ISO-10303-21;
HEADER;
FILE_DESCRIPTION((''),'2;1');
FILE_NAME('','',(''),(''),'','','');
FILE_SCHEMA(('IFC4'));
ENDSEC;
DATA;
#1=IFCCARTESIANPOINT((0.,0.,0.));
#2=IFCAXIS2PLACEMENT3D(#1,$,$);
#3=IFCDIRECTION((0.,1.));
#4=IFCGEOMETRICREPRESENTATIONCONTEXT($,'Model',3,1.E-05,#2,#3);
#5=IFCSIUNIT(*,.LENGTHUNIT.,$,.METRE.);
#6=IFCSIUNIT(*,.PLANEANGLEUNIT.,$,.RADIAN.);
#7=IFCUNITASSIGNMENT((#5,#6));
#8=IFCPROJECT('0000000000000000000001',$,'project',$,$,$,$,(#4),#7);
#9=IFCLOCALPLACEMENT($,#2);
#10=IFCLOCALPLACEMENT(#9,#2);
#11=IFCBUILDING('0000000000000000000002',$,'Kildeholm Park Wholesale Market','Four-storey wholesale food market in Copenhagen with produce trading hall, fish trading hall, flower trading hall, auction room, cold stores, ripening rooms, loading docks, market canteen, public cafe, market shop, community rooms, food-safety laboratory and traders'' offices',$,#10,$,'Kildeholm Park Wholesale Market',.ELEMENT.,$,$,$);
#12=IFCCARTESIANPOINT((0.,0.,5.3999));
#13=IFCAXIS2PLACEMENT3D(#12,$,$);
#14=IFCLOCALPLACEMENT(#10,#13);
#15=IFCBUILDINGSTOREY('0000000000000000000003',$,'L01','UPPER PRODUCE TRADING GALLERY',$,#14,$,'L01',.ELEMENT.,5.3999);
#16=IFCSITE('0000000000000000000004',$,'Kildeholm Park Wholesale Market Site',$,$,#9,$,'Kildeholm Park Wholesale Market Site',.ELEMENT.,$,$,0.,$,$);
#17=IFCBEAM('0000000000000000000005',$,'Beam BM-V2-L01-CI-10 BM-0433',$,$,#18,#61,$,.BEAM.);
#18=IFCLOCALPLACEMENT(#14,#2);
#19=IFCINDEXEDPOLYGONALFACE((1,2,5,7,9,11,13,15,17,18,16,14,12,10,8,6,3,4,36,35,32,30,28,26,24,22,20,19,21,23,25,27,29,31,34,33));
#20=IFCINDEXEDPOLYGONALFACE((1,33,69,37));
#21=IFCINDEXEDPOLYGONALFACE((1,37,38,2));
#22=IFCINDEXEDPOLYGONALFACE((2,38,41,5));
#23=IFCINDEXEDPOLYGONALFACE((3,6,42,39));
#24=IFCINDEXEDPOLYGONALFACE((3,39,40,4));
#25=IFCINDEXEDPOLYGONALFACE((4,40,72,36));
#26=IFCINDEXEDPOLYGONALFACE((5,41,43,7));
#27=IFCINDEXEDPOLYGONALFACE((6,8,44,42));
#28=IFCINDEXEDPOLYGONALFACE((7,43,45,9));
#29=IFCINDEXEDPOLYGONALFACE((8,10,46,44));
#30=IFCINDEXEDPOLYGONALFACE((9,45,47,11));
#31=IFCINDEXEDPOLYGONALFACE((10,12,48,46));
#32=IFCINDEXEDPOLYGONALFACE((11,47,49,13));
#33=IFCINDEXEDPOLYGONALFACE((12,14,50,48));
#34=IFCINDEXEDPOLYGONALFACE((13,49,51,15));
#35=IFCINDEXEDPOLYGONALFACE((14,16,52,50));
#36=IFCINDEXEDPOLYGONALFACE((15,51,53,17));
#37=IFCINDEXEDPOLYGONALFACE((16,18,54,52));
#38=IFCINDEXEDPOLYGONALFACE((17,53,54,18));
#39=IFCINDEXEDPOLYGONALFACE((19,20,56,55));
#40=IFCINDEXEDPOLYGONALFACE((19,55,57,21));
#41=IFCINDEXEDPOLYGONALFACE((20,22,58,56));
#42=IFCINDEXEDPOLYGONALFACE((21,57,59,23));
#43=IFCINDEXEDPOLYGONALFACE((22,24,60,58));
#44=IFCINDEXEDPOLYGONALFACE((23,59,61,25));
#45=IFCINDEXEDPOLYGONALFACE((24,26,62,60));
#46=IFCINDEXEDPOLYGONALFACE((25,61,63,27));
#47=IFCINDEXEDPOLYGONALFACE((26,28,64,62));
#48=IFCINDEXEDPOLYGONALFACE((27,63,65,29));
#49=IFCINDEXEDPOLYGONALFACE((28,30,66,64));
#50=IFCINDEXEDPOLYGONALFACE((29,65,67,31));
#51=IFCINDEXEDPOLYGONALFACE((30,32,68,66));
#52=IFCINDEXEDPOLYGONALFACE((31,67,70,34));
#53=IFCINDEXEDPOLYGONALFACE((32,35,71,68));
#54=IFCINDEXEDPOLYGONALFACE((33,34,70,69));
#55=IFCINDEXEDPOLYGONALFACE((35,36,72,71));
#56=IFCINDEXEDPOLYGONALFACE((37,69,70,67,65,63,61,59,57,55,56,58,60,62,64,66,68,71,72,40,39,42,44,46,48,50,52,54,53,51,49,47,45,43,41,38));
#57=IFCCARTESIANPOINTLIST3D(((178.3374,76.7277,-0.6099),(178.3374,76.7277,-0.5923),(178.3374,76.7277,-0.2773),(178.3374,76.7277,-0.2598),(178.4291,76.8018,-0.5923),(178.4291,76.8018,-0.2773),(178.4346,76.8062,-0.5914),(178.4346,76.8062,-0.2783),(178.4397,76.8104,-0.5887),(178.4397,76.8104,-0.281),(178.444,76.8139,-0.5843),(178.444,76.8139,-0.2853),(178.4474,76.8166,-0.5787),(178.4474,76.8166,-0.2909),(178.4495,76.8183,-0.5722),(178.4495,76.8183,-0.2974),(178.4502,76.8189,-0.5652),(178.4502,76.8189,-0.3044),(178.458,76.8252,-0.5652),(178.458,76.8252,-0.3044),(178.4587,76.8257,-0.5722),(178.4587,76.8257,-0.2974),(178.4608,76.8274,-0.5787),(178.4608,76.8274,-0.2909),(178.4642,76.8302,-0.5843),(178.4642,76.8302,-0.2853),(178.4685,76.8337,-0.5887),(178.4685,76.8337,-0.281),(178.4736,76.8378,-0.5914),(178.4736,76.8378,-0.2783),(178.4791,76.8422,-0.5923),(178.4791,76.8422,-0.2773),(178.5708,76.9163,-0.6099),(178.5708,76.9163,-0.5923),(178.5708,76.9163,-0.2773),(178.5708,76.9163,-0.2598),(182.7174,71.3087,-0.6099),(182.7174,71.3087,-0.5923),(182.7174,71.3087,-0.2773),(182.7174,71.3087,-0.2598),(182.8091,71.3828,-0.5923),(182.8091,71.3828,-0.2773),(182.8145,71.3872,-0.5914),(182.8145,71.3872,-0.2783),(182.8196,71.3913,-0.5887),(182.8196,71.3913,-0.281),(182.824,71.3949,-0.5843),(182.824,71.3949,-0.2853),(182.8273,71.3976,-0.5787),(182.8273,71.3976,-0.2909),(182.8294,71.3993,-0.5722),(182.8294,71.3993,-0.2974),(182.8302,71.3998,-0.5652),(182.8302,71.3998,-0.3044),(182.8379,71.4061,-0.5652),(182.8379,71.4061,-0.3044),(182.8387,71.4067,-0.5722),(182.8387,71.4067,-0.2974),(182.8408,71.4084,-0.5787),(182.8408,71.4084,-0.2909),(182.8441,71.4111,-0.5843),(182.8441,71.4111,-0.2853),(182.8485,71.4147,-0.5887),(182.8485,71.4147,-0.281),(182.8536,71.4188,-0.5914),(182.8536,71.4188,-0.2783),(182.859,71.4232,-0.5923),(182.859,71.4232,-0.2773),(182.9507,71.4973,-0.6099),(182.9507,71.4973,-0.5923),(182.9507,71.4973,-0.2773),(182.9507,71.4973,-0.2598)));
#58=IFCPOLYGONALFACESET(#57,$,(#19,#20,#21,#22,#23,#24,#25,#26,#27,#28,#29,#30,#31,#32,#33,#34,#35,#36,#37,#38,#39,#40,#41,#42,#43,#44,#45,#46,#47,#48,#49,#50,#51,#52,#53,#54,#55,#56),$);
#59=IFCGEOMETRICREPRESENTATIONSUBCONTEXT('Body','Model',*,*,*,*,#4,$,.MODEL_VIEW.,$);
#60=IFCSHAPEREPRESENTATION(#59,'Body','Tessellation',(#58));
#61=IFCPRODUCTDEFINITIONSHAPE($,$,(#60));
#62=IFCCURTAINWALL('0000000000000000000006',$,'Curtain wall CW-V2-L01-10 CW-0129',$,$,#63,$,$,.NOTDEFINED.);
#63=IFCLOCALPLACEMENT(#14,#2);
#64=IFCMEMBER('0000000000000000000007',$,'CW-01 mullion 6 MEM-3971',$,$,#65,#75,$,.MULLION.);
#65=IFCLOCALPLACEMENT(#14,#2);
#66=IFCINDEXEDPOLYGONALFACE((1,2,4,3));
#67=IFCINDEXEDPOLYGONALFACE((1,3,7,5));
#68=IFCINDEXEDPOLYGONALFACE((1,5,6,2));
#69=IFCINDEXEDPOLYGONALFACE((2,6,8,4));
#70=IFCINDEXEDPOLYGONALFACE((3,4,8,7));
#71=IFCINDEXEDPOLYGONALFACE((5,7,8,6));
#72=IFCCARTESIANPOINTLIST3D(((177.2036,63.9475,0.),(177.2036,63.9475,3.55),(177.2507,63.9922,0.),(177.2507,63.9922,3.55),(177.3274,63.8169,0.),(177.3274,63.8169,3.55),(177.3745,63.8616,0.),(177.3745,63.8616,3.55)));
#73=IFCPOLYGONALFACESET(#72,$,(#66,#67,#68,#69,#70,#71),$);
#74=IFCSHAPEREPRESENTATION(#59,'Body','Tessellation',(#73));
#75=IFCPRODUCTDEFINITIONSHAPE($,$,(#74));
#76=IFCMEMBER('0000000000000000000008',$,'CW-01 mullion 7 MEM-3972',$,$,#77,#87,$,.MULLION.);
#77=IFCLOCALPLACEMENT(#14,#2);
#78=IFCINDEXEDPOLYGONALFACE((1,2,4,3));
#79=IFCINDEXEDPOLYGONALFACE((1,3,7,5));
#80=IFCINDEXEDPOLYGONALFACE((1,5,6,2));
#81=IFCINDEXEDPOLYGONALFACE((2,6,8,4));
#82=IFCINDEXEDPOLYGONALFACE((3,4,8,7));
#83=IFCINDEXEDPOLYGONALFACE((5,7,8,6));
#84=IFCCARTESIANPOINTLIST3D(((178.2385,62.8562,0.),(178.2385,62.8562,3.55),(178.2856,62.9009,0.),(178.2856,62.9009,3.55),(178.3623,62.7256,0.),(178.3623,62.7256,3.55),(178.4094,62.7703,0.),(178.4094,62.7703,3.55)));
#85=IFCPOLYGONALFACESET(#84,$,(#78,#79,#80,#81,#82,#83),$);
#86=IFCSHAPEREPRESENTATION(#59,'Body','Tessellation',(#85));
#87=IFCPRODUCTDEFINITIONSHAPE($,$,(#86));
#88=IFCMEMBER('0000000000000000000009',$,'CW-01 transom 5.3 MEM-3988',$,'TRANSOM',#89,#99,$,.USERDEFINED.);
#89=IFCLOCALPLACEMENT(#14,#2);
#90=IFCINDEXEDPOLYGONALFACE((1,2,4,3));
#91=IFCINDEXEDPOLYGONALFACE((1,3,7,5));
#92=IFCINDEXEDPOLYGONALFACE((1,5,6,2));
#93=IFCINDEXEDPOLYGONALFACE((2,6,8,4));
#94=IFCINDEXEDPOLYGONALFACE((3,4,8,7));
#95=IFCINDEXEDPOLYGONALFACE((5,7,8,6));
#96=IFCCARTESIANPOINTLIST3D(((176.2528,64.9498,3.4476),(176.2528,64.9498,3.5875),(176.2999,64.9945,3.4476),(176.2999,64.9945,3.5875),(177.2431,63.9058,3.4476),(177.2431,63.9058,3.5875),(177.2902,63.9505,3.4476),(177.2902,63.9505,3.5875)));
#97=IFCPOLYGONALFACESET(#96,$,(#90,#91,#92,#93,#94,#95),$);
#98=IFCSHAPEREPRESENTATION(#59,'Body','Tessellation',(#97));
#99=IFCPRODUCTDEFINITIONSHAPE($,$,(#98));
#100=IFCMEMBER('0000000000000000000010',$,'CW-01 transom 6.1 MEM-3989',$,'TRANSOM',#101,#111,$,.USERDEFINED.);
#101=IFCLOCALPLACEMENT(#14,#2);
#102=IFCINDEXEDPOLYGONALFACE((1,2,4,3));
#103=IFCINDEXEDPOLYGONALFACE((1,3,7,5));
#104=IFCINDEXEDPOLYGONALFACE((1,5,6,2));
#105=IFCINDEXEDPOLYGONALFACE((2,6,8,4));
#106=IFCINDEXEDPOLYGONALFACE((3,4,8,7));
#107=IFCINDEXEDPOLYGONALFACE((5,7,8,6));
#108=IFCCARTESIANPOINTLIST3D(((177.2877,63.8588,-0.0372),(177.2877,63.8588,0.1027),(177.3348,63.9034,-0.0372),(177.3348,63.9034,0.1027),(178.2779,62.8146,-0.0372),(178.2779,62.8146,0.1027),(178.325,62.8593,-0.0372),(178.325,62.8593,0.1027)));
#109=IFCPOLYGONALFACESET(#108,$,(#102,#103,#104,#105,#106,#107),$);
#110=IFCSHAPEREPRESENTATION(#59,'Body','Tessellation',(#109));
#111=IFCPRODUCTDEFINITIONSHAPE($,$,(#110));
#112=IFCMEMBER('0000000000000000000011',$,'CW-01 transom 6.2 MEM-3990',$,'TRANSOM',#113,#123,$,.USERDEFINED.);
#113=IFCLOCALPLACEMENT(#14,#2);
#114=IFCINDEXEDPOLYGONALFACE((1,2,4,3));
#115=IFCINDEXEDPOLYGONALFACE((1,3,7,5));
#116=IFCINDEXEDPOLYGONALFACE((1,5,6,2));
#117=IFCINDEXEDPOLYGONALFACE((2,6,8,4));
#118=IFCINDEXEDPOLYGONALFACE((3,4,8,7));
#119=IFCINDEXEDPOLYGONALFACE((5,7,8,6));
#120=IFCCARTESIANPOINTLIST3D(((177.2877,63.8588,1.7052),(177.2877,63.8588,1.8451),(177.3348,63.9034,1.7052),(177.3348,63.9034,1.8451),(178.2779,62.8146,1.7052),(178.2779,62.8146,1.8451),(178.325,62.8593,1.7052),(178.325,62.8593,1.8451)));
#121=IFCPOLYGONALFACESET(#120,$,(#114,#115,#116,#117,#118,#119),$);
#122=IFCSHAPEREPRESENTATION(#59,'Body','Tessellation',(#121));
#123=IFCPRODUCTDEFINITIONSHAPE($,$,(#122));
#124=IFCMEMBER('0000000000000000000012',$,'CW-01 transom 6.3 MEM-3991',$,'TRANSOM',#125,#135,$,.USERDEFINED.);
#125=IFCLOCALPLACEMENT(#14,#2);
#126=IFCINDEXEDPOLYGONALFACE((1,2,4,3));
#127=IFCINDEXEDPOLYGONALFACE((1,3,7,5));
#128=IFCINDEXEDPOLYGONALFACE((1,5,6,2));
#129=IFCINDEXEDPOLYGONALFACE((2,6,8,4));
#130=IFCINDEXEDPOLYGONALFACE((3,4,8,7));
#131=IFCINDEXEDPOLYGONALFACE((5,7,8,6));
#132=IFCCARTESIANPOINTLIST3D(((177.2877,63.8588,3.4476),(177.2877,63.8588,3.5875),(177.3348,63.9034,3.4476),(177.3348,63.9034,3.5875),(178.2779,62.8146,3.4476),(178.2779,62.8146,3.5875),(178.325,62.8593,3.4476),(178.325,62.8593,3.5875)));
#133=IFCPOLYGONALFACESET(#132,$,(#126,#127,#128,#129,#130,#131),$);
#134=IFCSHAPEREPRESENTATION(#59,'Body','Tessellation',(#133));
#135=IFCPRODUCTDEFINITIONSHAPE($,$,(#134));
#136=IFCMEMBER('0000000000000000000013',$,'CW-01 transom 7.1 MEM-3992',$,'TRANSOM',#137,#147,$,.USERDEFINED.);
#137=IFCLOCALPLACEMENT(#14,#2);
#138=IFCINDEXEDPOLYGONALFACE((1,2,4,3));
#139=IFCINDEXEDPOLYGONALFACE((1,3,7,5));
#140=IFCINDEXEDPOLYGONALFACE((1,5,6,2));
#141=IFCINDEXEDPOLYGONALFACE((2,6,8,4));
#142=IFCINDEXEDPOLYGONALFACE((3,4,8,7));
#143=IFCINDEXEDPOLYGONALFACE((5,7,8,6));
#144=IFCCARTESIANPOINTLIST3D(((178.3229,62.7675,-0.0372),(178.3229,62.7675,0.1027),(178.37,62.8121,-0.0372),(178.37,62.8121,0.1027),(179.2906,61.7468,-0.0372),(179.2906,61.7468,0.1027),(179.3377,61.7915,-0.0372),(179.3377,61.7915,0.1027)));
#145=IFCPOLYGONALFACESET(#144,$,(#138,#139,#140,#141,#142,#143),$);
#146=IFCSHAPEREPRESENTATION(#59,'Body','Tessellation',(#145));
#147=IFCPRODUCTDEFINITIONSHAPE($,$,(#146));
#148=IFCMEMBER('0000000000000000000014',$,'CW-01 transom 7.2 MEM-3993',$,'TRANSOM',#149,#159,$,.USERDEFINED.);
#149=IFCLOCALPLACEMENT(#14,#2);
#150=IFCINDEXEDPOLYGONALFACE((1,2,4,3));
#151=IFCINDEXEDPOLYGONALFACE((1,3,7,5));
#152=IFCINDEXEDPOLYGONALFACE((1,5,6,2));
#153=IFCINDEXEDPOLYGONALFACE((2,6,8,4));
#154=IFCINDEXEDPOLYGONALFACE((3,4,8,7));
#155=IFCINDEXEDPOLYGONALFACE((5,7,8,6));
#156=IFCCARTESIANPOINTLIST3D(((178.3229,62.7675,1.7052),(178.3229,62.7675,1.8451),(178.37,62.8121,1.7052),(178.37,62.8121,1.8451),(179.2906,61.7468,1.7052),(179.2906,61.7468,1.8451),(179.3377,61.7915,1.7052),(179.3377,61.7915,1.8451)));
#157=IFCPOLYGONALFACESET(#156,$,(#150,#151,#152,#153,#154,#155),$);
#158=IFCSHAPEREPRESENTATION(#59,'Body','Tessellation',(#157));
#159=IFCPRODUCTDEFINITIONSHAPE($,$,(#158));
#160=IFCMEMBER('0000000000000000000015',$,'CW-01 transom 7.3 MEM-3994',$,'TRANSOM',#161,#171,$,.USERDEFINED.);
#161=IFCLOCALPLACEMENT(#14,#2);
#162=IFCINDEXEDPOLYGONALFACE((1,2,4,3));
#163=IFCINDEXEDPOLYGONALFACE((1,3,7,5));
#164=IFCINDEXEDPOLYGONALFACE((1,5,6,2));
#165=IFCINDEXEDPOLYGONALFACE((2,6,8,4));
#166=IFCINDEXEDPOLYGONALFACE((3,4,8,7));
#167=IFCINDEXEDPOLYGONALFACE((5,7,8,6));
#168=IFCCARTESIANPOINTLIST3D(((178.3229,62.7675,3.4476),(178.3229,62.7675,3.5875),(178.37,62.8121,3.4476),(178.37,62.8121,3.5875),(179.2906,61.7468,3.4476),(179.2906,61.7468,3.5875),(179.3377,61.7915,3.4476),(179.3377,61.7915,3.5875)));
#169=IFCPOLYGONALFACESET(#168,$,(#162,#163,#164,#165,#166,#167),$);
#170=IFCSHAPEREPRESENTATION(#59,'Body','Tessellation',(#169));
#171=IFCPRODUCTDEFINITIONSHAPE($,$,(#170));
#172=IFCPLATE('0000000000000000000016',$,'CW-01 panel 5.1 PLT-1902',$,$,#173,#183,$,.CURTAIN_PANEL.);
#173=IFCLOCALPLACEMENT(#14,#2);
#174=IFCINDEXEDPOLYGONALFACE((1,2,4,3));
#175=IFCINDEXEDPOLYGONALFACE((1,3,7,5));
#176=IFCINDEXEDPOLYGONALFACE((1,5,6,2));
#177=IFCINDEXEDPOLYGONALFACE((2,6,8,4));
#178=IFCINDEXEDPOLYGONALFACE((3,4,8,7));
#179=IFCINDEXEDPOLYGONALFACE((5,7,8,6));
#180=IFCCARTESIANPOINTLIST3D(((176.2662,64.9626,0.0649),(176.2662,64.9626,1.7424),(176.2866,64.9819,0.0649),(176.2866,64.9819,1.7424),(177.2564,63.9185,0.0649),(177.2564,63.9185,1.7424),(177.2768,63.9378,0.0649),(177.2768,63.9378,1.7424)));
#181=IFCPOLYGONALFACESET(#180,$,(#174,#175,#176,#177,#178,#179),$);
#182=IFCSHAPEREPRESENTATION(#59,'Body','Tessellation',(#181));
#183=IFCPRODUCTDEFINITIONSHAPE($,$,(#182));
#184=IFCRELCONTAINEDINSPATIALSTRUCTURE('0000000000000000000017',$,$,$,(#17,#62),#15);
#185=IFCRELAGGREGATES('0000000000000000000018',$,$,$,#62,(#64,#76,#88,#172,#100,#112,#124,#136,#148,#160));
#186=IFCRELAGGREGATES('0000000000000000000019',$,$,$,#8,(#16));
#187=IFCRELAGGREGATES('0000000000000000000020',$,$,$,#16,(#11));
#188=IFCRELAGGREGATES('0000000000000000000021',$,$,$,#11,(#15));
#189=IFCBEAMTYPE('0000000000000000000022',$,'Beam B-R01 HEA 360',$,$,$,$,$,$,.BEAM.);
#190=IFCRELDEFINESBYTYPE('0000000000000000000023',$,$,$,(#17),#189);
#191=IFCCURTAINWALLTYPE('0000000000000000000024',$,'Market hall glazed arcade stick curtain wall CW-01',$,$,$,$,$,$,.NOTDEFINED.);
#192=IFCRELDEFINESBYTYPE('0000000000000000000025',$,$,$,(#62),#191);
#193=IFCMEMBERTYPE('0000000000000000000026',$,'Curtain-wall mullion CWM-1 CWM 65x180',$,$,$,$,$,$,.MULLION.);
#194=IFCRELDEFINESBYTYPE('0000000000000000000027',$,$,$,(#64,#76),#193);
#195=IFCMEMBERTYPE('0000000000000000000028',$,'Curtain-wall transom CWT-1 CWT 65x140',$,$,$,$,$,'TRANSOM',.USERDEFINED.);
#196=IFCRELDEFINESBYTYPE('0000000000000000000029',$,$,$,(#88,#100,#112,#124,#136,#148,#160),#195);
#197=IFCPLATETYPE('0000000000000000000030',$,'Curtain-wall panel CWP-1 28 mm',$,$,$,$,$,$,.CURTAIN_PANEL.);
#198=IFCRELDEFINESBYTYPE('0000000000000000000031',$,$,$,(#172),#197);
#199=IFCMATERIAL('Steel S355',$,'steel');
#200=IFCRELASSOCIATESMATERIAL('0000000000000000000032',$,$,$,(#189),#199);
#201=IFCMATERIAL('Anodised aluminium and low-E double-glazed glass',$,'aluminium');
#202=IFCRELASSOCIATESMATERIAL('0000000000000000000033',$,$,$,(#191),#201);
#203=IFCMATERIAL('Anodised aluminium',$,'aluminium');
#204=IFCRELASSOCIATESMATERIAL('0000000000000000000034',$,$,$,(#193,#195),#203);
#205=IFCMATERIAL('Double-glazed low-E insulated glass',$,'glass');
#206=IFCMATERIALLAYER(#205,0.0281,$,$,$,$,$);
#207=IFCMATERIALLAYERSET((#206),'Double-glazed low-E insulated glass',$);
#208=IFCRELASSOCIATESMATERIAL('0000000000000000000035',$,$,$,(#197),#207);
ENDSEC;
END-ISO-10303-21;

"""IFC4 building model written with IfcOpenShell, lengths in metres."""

from ifc_helpers import new_model, si_unit, direction, frame, origin, origin_2d, place, context, subcontext, project, spatial, rectangle, i_section, extrude, material, layer, layer_set, material_profile, profile_set, type_object, element, aggregate, save


model = new_model("IFC4")

# Units and contexts
model_context = context("Model", 3, precision=1e-05, world=origin(), true_north=direction((0.0, 1.0)))
body_context = subcontext(model_context, "Body", "Model", "MODEL_VIEW")
ifc_project = project(units=[si_unit("LENGTHUNIT", "METRE"), si_unit("PLANEANGLEUNIT", "RADIAN")], contexts=[model_context])

# Site, building, storey
site_placement = place(None, origin())
site = spatial("IfcSite", under=ifc_project, at=site_placement, Name="Kildeholm Park Wholesale Market Site", LongName="Kildeholm Park Wholesale Market Site", CompositionType="ELEMENT", RefElevation=0.0)
building_placement = place(site_placement, origin())
building = spatial("IfcBuilding", under=site, at=building_placement, Name="Kildeholm Park Wholesale Market", Description="Four-storey wholesale food market in Copenhagen with produce trading hall, fish trading hall, flower trading hall, auction room, cold stores, ripening rooms, loading docks, market canteen, public cafe, market shop, community rooms, food-safety laboratory and traders' offices", LongName="Kildeholm Park Wholesale Market", CompositionType="ELEMENT")
storey_placement = place(building_placement, frame((0.0, 0.0, 5.3999)))
storey = spatial("IfcBuildingStorey", under=building, at=storey_placement, Name="L01", Description="UPPER PRODUCE TRADING GALLERY", LongName="L01", CompositionType="ELEMENT", Elevation=5.3999)

# Shared definitions
ifc_material_1 = material(Name="Steel S355", Category="steel")

# Beam
ifc_material_profile_1 = material_profile(ifc_material_1, i_section(OverallWidth=0.3, OverallDepth=0.3501, WebThickness=0.01, FlangeThickness=0.0176, FilletRadius=0.0271, at=origin_2d()), Name="HEA 360")
ifc_profile_set_1 = profile_set([ifc_material_profile_1], Name="Steel S355")
beam_type_1 = type_object("IfcBeamType", Name="Beam B-R01 HEA 360", PredefinedType="BEAM", material=ifc_profile_set_1)
beam_1_placement = place(storey_placement, frame((178.4541, 76.822, -0.4348), z_axis=(0.628601, -0.777728, 0.0), x_axis=(0.777728, 0.628601, 0.0)))
element("IfcBeam", 1, at=beam_1_placement, inside=storey, type_object=beam_type_1, Name="Beam BM-V2-L01-CI-10 BM-0433", PredefinedType="BEAM", context=body_context, shape_type="SweptSolid", body=[
    extrude(i_section(OverallWidth=0.3, OverallDepth=0.3501, WebThickness=0.01, FlangeThickness=0.0176, FilletRadius=0.0271, at=origin_2d()), origin(), (0.0, 0.0, 1.0), 6.9678),
])

# Curtain wall, members, plate
ifc_material_2 = material(Name="Anodised aluminium and low-E double-glazed glass", Category="aluminium")
curtain_wall_type = type_object("IfcCurtainWallType", Name="Market hall glazed arcade stick curtain wall CW-01", PredefinedType="NOTDEFINED", material=ifc_material_2)
curtain_wall_placement = place(storey_placement, origin())
curtain_wall = element("IfcCurtainWall", 2, at=curtain_wall_placement, inside=storey, type_object=curtain_wall_type, Name="Curtain wall CW-V2-L01-10 CW-0129", PredefinedType="NOTDEFINED")
ifc_material_3 = material(Name="Anodised aluminium", Category="aluminium")
ifc_material_profile_2 = material_profile(ifc_material_3, rectangle(XDim=0.0649, YDim=0.1799, at=origin_2d()), Name="CWM 65x180")
ifc_profile_set_2 = profile_set([ifc_material_profile_2], Name="Anodised aluminium")
member_type_1 = type_object("IfcMemberType", Name="Curtain-wall mullion CWM-1 CWM 65x180", PredefinedType="MULLION", material=ifc_profile_set_2)
member_1_placement = place(storey_placement, frame((177.2891, 63.9045, 0.0), z_axis=(0.0, 0.0, 1.0), x_axis=(0.725571, 0.688148, 0.0)))
member_1 = element("IfcMember", 3, at=member_1_placement, type_object=member_type_1, Name="CW-01 mullion 6 MEM-3971", PredefinedType="MULLION", context=body_context, shape_type="SweptSolid", body=[
    extrude(rectangle(XDim=0.0649, YDim=0.1799, at=origin_2d()), origin(), (0.0, 0.0, 1.0), 3.55),
])
member_2_placement = place(storey_placement, frame((178.324, 62.8132, 0.0), z_axis=(0.0, 0.0, 1.0), x_axis=(0.725571, 0.688148, 0.0)))
member_2 = element("IfcMember", 4, at=member_2_placement, type_object=member_type_1, Name="CW-01 mullion 7 MEM-3972", PredefinedType="MULLION", context=body_context, shape_type="SweptSolid", body=[
    extrude(rectangle(XDim=0.0649, YDim=0.1799, at=origin_2d()), origin(), (0.0, 0.0, 1.0), 3.55),
])
ifc_material_profile_3 = material_profile(ifc_material_3, rectangle(XDim=0.0649, YDim=0.1399, at=origin_2d()), Name="CWT 65x140")
ifc_profile_set_3 = profile_set([ifc_material_profile_3], Name="Anodised aluminium")
member_type_2 = type_object("IfcMemberType", Name="Curtain-wall transom CWT-1 CWT 65x140", ElementType="TRANSOM", PredefinedType="USERDEFINED", material=ifc_profile_set_3)
member_3_placement = place(storey_placement, frame((176.2764, 64.9722, 3.5176), z_axis=(0.688196, -0.725525, 0.0), x_axis=(0.725525, 0.688196, 0.0)))
member_3 = element("IfcMember", 5, at=member_3_placement, type_object=member_type_2, Name="CW-01 transom 5.3 MEM-3988", ObjectType="TRANSOM", PredefinedType="USERDEFINED", context=body_context, shape_type="SweptSolid", body=[
    extrude(rectangle(XDim=0.0649, YDim=0.1399, at=origin_2d()), origin(), (0.0, 0.0, 1.0), 1.439),
])
member_4_placement = place(storey_placement, frame((177.3113, 63.8811, 0.0327), z_axis=(0.688112, -0.725605, 0.0), x_axis=(0.725605, 0.688112, 0.0)))
member_4 = element("IfcMember", 6, at=member_4_placement, type_object=member_type_2, Name="CW-01 transom 6.1 MEM-3989", ObjectType="TRANSOM", PredefinedType="USERDEFINED", context=body_context, shape_type="SweptSolid", body=[
    extrude(rectangle(XDim=0.0649, YDim=0.1399, at=origin_2d()), origin(), (0.0, 0.0, 1.0), 1.439),
])
member_5_placement = place(storey_placement, frame((177.3113, 63.8811, 1.7751), z_axis=(0.688112, -0.725605, 0.0), x_axis=(0.725605, 0.688112, 0.0)))
member_5 = element("IfcMember", 7, at=member_5_placement, type_object=member_type_2, Name="CW-01 transom 6.2 MEM-3990", ObjectType="TRANSOM", PredefinedType="USERDEFINED", context=body_context, shape_type="SweptSolid", body=[
    extrude(rectangle(XDim=0.0649, YDim=0.1399, at=origin_2d()), origin(), (0.0, 0.0, 1.0), 1.439),
])
member_6_placement = place(storey_placement, frame((177.3113, 63.8811, 3.5176), z_axis=(0.688112, -0.725605, 0.0), x_axis=(0.725605, 0.688112, 0.0)))
member_6 = element("IfcMember", 8, at=member_6_placement, type_object=member_type_2, Name="CW-01 transom 6.3 MEM-3991", ObjectType="TRANSOM", PredefinedType="USERDEFINED", context=body_context, shape_type="SweptSolid", body=[
    extrude(rectangle(XDim=0.0649, YDim=0.1399, at=origin_2d()), origin(), (0.0, 0.0, 1.0), 1.439),
])
member_7_placement = place(storey_placement, frame((178.3464, 62.7898, 0.0327), z_axis=(0.688024, -0.725688, 0.0), x_axis=(0.725688, 0.688024, 0.0)))
member_7 = element("IfcMember", 9, at=member_7_placement, type_object=member_type_2, Name="CW-01 transom 7.1 MEM-3992", ObjectType="TRANSOM", PredefinedType="USERDEFINED", context=body_context, shape_type="SweptSolid", body=[
    extrude(rectangle(XDim=0.0649, YDim=0.1399, at=origin_2d()), origin(), (0.0, 0.0, 1.0), 1.4065),
])
member_8_placement = place(storey_placement, frame((178.3464, 62.7898, 1.7751), z_axis=(0.688024, -0.725688, 0.0), x_axis=(0.725688, 0.688024, 0.0)))
member_8 = element("IfcMember", 10, at=member_8_placement, type_object=member_type_2, Name="CW-01 transom 7.2 MEM-3993", ObjectType="TRANSOM", PredefinedType="USERDEFINED", context=body_context, shape_type="SweptSolid", body=[
    extrude(rectangle(XDim=0.0649, YDim=0.1399, at=origin_2d()), origin(), (0.0, 0.0, 1.0), 1.4065),
])
member_9_placement = place(storey_placement, frame((178.3464, 62.7898, 3.5176), z_axis=(0.688024, -0.725688, 0.0), x_axis=(0.725688, 0.688024, 0.0)))
member_9 = element("IfcMember", 11, at=member_9_placement, type_object=member_type_2, Name="CW-01 transom 7.3 MEM-3994", ObjectType="TRANSOM", PredefinedType="USERDEFINED", context=body_context, shape_type="SweptSolid", body=[
    extrude(rectangle(XDim=0.0649, YDim=0.1399, at=origin_2d()), origin(), (0.0, 0.0, 1.0), 1.4065),
])
ifc_material_4 = material(Name="Double-glazed low-E insulated glass", Category="glass")
ifc_layer = layer(ifc_material_4, 0.0281)
ifc_layer_set = layer_set([ifc_layer], Name="Double-glazed low-E insulated glass")
plate_type = type_object("IfcPlateType", Name="Curtain-wall panel CWP-1 28 mm", PredefinedType="CURTAIN_PANEL", material=ifc_layer_set)
plate_1_placement = place(storey_placement, frame((176.7715, 64.4502, 0.0649), z_axis=(0.0, 0.0, 1.0), x_axis=(0.688148, -0.725571, 0.0)))
plate_1 = element("IfcPlate", 12, at=plate_1_placement, type_object=plate_type, Name="CW-01 panel 5.1 PLT-1902", PredefinedType="CURTAIN_PANEL", context=body_context, shape_type="SweptSolid", body=[
    extrude(rectangle(XDim=1.439, YDim=0.0281, at=origin_2d()), origin(), (0.0, 0.0, 1.0), 1.6775),
])
aggregate(curtain_wall, [member_1, member_2, member_3, plate_1, member_4, member_5, member_6, member_7, member_8, member_9])

save(model, "model.ifc")
